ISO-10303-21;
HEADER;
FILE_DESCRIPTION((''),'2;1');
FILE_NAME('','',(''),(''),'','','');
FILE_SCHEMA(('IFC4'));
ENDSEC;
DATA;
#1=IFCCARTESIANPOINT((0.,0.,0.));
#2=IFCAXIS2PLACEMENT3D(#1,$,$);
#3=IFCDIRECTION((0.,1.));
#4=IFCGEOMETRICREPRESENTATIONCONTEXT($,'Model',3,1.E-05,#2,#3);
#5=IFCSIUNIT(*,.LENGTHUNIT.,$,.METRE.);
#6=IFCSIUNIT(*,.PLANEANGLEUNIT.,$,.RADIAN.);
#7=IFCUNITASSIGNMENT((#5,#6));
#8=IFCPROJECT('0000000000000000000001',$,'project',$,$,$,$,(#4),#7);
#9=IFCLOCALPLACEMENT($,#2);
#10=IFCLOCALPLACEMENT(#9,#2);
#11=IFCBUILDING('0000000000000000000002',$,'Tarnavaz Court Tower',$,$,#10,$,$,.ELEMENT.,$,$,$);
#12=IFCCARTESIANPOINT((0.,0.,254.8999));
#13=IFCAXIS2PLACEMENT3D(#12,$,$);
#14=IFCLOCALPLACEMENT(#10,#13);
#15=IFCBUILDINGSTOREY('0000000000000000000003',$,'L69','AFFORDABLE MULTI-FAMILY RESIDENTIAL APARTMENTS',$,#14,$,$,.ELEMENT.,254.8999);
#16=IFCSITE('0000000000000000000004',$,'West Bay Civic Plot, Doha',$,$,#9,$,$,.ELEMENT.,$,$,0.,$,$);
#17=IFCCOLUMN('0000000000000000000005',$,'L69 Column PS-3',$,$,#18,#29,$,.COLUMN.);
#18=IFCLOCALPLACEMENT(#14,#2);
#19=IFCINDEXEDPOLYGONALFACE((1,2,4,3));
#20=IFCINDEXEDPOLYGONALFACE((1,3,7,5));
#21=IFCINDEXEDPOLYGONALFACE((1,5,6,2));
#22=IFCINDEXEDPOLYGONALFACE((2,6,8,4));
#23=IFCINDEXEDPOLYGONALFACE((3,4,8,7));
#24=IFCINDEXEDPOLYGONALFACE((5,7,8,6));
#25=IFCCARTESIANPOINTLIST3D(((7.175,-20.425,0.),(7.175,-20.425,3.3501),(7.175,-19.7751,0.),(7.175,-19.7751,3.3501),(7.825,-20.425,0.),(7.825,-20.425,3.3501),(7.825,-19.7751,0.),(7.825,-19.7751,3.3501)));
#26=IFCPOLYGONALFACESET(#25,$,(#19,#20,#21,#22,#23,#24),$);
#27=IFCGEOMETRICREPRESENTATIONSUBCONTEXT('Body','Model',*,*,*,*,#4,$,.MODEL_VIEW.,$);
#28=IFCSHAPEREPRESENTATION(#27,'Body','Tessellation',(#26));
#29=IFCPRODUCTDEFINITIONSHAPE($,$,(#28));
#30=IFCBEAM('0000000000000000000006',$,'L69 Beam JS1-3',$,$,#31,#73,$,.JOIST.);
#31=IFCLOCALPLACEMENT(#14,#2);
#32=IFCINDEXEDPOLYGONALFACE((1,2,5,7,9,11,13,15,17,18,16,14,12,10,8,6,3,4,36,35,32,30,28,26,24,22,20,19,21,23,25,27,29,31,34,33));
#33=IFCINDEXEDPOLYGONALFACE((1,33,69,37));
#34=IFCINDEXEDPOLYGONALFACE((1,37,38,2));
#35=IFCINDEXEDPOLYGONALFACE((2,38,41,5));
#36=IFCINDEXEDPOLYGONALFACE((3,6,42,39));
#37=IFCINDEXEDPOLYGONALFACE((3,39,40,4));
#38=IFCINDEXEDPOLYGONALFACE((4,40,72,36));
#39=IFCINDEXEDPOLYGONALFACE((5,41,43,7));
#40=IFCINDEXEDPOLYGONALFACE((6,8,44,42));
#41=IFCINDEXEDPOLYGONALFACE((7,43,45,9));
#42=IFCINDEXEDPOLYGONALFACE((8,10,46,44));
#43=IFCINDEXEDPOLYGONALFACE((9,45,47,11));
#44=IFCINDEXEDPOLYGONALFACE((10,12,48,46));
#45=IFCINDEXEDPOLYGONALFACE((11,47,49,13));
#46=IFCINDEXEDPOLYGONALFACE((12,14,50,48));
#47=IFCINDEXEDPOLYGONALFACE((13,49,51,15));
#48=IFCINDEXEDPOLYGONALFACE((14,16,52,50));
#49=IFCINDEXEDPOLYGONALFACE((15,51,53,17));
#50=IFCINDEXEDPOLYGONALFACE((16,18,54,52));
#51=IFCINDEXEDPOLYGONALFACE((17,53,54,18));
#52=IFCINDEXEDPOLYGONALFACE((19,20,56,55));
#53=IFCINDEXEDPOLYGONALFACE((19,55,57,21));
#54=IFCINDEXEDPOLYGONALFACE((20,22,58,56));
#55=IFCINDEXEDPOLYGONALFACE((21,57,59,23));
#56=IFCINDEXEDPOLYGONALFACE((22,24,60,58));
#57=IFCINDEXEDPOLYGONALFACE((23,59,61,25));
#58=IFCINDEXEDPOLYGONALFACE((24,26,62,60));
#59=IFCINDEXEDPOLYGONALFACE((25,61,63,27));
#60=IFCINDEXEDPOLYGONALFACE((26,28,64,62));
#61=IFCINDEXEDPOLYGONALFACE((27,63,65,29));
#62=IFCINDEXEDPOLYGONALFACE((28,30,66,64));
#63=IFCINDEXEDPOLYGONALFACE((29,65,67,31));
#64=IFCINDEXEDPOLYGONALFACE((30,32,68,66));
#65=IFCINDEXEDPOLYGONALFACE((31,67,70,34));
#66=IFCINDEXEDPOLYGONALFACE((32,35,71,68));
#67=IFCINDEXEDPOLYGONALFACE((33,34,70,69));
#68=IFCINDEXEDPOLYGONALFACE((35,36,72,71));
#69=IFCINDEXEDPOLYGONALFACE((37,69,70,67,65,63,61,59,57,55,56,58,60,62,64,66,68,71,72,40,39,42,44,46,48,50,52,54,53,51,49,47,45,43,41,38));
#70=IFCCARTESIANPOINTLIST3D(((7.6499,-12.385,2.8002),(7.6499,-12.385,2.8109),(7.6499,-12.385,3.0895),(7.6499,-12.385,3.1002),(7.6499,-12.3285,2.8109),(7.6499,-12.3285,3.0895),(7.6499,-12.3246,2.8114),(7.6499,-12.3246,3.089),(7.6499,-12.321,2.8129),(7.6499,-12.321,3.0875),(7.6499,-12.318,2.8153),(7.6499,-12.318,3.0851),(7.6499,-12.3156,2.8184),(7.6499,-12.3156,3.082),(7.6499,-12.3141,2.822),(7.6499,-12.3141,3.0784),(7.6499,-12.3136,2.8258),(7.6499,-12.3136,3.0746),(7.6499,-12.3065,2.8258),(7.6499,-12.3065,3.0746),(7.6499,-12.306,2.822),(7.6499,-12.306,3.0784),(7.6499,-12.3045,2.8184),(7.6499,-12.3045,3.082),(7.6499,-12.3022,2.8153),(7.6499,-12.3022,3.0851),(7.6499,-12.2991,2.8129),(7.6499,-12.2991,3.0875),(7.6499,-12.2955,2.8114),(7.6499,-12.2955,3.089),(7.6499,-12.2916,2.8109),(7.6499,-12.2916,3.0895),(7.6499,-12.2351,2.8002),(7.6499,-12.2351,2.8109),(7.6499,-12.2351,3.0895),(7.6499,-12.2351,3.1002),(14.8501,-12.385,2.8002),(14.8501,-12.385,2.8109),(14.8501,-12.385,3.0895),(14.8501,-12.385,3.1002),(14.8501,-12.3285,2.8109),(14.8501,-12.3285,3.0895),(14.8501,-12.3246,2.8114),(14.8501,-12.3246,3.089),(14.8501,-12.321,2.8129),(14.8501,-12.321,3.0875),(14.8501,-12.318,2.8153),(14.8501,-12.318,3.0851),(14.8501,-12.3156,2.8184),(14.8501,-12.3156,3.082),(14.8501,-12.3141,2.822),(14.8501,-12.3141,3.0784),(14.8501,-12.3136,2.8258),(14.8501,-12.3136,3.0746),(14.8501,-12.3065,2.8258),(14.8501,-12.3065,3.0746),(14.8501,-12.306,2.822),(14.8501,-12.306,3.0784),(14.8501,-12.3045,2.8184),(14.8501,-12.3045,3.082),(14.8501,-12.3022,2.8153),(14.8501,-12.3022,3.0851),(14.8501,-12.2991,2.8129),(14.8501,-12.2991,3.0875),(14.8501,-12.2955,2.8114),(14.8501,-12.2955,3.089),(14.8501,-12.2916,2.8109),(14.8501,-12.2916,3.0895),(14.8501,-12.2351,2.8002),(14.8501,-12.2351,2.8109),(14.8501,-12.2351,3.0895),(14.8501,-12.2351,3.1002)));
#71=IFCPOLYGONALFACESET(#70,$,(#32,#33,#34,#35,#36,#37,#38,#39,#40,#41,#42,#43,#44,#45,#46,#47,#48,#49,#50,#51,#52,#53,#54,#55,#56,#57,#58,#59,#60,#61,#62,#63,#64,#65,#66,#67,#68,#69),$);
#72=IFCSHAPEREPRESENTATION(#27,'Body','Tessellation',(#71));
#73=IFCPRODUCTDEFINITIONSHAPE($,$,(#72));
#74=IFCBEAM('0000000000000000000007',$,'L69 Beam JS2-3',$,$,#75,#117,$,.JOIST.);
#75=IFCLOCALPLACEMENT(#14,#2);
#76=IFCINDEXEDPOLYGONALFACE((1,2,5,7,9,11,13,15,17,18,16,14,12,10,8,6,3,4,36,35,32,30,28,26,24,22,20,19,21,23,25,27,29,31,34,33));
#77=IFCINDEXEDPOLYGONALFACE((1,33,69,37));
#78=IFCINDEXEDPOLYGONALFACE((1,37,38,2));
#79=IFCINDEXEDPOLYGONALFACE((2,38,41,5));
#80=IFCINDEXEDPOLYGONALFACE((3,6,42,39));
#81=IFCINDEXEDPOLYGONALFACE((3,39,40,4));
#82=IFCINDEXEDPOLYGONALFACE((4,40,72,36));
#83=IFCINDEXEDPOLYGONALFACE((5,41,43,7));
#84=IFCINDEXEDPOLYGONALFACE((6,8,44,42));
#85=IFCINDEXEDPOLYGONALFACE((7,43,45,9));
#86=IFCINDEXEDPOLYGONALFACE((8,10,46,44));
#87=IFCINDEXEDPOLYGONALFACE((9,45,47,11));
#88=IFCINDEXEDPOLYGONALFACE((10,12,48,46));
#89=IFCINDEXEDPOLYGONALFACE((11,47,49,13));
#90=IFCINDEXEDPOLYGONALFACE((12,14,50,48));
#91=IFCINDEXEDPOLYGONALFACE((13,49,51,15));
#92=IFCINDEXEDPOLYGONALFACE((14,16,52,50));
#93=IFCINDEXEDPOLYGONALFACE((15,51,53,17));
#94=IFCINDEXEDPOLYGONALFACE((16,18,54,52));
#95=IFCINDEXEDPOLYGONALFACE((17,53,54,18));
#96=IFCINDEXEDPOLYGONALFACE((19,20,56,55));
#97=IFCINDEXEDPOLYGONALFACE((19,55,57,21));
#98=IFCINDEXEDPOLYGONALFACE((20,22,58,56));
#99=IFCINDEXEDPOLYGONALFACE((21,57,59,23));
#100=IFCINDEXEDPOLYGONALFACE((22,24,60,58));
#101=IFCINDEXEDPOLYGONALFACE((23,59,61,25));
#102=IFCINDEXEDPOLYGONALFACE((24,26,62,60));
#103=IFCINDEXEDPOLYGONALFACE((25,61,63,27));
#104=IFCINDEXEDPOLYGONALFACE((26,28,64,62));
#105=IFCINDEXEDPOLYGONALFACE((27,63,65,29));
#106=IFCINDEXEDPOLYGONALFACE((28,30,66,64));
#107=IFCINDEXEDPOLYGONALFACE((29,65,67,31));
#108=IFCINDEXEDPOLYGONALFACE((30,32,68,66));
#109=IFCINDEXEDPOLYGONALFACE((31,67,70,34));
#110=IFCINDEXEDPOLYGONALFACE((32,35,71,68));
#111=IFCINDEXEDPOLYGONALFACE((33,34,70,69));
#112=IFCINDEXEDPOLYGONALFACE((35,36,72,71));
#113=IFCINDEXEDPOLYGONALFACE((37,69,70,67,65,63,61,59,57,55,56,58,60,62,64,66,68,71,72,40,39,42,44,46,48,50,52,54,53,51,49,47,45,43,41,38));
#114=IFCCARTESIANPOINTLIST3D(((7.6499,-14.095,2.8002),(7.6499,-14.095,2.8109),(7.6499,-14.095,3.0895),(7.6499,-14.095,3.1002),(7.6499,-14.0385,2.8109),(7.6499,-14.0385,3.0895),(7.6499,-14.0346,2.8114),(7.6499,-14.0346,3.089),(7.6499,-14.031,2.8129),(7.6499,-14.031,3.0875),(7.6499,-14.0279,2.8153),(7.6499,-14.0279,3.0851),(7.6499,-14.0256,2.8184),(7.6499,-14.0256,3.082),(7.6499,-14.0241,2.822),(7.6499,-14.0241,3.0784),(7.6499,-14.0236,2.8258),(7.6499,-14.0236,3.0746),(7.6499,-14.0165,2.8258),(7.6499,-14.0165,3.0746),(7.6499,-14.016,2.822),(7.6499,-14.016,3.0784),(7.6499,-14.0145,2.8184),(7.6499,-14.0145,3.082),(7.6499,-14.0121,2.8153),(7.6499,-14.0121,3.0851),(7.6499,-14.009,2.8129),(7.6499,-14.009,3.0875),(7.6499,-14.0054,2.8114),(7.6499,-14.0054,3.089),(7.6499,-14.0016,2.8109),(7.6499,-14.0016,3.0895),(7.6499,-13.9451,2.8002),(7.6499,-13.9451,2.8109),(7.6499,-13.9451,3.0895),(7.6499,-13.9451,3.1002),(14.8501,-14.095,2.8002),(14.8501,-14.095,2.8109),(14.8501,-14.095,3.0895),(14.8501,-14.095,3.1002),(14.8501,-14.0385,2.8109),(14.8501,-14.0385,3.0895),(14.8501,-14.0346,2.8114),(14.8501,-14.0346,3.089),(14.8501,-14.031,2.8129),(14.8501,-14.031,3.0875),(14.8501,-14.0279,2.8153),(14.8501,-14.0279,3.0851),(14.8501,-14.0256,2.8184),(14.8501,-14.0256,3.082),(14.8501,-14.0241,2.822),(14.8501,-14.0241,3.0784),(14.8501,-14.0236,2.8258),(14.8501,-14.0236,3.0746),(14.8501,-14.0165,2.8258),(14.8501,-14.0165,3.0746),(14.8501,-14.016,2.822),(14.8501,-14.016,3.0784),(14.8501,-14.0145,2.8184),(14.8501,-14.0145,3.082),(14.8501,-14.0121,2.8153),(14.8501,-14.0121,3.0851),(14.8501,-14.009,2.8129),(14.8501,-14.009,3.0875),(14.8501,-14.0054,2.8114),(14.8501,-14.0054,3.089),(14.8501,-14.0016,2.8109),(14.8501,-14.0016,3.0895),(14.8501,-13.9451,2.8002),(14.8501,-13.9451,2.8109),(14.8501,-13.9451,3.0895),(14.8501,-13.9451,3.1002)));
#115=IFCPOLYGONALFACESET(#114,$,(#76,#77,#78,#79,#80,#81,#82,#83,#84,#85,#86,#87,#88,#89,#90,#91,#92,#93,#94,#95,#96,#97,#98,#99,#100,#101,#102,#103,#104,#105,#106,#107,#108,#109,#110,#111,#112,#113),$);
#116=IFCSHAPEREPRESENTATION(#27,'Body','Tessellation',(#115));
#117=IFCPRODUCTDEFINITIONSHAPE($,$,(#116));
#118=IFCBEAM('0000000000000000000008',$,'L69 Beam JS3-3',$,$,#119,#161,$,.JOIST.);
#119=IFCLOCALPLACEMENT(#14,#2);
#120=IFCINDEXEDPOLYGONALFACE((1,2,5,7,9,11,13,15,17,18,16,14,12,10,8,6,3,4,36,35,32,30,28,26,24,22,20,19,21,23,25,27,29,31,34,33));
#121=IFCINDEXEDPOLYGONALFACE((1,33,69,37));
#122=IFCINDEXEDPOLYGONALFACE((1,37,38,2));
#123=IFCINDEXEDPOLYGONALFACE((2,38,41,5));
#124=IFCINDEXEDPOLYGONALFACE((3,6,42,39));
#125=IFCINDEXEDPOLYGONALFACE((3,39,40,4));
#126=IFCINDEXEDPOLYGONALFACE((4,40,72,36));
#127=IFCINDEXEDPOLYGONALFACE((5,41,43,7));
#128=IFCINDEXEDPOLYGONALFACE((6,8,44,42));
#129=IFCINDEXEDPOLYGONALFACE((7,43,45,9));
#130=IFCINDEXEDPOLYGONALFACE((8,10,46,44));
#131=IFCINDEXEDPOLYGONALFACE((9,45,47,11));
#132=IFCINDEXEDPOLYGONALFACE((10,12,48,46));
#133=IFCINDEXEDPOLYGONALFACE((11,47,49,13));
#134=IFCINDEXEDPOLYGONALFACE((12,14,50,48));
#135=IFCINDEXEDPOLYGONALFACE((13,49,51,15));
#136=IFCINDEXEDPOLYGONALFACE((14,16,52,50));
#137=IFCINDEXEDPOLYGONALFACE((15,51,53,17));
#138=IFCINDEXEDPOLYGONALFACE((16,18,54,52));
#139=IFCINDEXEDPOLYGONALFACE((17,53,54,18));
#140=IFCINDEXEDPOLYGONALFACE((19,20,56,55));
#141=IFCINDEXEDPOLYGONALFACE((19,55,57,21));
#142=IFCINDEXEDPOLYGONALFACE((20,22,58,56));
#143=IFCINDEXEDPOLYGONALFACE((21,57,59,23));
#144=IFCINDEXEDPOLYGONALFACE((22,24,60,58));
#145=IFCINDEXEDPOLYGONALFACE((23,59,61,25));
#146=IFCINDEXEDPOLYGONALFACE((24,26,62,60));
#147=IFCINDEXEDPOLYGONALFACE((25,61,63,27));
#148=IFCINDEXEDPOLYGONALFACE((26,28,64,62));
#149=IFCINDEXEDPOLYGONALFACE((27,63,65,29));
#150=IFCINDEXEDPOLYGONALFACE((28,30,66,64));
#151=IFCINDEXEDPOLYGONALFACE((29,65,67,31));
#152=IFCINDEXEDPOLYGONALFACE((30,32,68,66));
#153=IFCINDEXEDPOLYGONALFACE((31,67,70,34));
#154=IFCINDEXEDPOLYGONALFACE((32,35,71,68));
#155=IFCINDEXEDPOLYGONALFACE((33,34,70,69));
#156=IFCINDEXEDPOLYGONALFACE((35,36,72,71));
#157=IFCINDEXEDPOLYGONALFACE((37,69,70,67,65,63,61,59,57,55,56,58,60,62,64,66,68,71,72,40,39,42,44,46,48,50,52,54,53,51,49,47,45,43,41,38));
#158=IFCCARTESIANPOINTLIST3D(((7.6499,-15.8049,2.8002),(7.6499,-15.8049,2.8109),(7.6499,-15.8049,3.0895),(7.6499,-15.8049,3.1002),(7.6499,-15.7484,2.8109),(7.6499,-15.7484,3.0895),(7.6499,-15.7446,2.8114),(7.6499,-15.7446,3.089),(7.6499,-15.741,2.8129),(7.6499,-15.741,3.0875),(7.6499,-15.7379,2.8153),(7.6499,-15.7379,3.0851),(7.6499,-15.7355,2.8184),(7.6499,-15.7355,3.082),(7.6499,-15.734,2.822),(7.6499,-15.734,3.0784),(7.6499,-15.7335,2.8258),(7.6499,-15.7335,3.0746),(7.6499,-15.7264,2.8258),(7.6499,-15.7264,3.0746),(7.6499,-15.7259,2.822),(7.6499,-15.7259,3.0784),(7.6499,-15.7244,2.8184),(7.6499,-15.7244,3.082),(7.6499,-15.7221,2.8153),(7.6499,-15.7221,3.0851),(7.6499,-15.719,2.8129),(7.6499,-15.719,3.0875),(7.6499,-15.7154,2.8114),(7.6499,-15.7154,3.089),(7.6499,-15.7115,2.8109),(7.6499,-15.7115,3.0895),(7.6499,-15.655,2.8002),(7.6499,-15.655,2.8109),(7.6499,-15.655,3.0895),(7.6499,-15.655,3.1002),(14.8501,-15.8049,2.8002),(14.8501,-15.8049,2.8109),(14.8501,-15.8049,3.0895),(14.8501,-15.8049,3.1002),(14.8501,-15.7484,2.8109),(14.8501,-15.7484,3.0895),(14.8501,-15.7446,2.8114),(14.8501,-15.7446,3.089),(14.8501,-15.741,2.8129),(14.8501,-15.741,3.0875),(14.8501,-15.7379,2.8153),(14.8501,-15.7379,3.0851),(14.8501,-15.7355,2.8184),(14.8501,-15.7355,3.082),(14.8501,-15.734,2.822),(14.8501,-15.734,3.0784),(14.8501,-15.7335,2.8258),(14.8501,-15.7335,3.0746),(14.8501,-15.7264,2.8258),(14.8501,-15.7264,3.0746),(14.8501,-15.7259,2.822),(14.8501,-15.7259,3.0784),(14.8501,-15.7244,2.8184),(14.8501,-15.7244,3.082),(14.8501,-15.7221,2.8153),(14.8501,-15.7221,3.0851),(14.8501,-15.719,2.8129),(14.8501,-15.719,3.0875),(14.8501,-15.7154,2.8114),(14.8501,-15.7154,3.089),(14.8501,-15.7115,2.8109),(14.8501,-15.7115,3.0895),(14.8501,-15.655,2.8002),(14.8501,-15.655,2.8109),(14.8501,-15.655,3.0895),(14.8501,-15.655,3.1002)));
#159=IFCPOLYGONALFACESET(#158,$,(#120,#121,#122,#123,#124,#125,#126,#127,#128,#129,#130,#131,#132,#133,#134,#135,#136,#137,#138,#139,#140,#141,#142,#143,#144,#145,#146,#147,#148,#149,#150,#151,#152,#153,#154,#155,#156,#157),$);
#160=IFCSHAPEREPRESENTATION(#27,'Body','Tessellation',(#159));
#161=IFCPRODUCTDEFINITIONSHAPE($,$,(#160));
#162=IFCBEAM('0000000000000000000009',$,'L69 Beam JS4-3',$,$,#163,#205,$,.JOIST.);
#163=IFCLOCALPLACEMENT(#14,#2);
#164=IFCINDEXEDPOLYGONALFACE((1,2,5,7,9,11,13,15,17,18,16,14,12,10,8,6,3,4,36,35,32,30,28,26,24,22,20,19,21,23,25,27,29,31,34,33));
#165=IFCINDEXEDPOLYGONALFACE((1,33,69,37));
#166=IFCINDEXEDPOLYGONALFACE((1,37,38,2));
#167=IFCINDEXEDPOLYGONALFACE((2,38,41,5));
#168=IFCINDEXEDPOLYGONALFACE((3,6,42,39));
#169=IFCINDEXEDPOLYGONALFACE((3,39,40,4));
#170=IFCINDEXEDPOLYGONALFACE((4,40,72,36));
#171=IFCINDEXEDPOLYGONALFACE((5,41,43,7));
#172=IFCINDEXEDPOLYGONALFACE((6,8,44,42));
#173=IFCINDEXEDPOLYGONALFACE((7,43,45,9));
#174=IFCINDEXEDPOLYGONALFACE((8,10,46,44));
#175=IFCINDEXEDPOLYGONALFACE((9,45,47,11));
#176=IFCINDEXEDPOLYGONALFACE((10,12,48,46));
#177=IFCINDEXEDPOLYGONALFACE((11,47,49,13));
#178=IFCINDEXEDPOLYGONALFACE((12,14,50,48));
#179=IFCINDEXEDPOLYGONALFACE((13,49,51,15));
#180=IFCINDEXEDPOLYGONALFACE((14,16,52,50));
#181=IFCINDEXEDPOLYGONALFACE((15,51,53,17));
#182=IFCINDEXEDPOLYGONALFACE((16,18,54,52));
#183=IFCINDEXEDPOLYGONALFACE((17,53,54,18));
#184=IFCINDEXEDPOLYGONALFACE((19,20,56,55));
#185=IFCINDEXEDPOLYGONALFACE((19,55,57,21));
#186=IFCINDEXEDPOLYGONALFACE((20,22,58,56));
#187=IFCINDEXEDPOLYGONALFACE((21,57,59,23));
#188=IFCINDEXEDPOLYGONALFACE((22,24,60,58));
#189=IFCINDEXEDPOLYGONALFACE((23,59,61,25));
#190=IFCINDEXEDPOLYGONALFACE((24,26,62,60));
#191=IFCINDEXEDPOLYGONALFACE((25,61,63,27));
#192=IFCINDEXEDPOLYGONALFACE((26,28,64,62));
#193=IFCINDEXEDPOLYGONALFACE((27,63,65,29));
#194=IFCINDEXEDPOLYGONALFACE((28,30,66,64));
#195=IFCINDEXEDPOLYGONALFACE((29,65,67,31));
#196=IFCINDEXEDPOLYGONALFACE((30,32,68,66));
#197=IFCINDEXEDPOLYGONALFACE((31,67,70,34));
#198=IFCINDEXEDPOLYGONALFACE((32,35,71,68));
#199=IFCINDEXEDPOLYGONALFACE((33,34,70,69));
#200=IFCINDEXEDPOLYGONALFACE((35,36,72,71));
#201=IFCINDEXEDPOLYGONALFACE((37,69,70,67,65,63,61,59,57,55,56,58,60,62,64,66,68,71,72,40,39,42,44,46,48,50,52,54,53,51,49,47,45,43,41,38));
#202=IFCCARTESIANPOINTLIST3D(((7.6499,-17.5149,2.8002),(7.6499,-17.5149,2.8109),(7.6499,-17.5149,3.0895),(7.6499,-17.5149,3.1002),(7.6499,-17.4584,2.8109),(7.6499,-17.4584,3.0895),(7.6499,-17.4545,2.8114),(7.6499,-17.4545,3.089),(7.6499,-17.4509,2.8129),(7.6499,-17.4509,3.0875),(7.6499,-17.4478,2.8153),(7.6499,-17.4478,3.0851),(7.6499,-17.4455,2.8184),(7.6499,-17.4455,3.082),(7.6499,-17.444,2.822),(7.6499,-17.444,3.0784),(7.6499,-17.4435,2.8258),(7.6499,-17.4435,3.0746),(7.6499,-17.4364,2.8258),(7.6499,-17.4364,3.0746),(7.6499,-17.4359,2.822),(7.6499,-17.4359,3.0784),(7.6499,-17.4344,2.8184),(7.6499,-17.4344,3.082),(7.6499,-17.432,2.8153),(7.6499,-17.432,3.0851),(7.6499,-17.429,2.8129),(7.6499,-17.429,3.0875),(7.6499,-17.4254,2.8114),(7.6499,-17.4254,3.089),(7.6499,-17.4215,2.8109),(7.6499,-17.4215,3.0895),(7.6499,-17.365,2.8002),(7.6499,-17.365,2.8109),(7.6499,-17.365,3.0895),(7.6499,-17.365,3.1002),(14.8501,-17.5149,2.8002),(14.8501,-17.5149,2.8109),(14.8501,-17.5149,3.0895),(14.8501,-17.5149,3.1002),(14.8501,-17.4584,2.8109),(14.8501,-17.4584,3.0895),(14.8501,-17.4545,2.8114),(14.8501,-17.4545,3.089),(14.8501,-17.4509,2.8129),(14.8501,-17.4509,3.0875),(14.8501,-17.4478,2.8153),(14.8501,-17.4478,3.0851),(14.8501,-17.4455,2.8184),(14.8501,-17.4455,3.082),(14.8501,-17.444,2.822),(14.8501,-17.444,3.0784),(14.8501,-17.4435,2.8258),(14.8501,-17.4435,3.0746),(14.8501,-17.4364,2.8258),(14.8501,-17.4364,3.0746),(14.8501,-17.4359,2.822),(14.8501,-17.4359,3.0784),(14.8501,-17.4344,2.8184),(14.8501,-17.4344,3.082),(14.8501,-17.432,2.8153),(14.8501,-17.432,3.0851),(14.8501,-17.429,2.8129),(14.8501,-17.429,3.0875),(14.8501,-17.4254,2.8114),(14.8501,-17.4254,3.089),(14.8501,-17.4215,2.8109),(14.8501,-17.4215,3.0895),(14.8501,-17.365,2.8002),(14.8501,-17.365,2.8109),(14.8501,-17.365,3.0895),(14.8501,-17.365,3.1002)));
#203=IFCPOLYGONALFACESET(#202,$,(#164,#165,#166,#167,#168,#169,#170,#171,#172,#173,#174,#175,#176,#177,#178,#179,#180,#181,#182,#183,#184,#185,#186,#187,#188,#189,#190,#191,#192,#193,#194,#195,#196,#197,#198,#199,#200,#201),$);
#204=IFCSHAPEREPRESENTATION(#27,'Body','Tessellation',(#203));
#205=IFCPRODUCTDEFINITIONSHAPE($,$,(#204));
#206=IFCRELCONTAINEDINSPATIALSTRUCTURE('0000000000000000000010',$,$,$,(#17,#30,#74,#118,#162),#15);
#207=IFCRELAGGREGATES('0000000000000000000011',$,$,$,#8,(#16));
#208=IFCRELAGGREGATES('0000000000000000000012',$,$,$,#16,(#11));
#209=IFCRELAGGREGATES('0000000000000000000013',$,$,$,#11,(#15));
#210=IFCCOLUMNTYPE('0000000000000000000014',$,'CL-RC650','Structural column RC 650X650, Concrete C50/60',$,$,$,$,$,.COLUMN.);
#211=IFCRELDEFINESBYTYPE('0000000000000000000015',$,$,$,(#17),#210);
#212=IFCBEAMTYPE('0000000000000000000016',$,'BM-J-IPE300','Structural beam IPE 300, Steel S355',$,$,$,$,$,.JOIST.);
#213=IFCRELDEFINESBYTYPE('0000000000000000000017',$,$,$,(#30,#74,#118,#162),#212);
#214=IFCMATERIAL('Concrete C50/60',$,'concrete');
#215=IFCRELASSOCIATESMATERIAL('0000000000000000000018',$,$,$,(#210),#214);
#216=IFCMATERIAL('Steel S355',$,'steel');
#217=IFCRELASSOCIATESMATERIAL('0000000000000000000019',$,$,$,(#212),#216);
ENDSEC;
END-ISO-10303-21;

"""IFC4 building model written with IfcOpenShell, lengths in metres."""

from ifc_helpers import new_model, si_unit, direction, frame, origin, origin_2d, place, context, subcontext, project, spatial, rectangle, i_section, extrude, material, material_profile, profile_set, type_object, element, save


model = new_model("IFC4")

# Units and contexts
model_context = context("Model", 3, precision=1e-05, world=origin(), true_north=direction((0.0, 1.0)))
body_context = subcontext(model_context, "Body", "Model", "MODEL_VIEW")
ifc_project = project(units=[si_unit("LENGTHUNIT", "METRE"), si_unit("PLANEANGLEUNIT", "RADIAN")], contexts=[model_context])

# Site, building, storey
site_placement = place(None, origin())
site = spatial("IfcSite", under=ifc_project, at=site_placement, Name="West Bay Civic Plot, Doha", CompositionType="ELEMENT", RefElevation=0.0)
building_placement = place(site_placement, origin())
building = spatial("IfcBuilding", under=site, at=building_placement, Name="Tarnavaz Court Tower", CompositionType="ELEMENT")
storey_placement = place(building_placement, frame((0.0, 0.0, 254.8999)))
storey = spatial("IfcBuildingStorey", under=building, at=storey_placement, Name="L69", Description="AFFORDABLE MULTI-FAMILY RESIDENTIAL APARTMENTS", CompositionType="ELEMENT", Elevation=254.8999)

# Column
ifc_material_1 = material(Name="Concrete C50/60", Category="concrete")
ifc_material_profile_1 = material_profile(ifc_material_1, rectangle(XDim=0.6499, YDim=0.6499, at=origin_2d()), Name="RC 650X650")
ifc_profile_set_1 = profile_set([ifc_material_profile_1], Name="Concrete C50/60")
column_type = type_object("IfcColumnType", Name="CL-RC650", Description="Structural column RC 650X650, Concrete C50/60", PredefinedType="COLUMN", material=ifc_profile_set_1)
column_placement = place(storey_placement, frame((7.5, -20.1001, 0.0), z_axis=(0.0, 0.0, 1.0), x_axis=(1.0, 0.0, 0.0)))
element("IfcColumn", 1, at=column_placement, inside=storey, type_object=column_type, Name="L69 Column PS-3", PredefinedType="COLUMN", context=body_context, shape_type="SweptSolid", body=[
    extrude(rectangle(XDim=0.6499, YDim=0.6499, at=origin_2d()), origin(), (0.0, 0.0, 1.0), 3.3501),
])

# Beams
ifc_material_2 = material(Name="Steel S355", Category="steel")
ifc_material_profile_2 = material_profile(ifc_material_2, i_section(OverallWidth=0.1499, OverallDepth=0.3, WebThickness=0.0071, FlangeThickness=0.0107, FilletRadius=0.0149, at=origin_2d()), Name="IPE 300")
ifc_profile_set_2 = profile_set([ifc_material_profile_2], Name="Steel S355")
beam_type_1 = type_object("IfcBeamType", Name="BM-J-IPE300", Description="Structural beam IPE 300, Steel S355", PredefinedType="JOIST", material=ifc_profile_set_2)
for number, where, z_axis, x_axis, name in (
    (2, (7.6499, -12.3101, 2.9502), (1.0, 0.0, 0.0), (0.0, 1.0, 0.0), "L69 Beam JS1-3"),
    (3, (7.6499, -14.02, 2.9502), (1.0, 0.0, 0.0), (0.0, 1.0, 0.0), "L69 Beam JS2-3"),
    (4, (7.6499, -15.73, 2.9502), (1.0, 0.0, 0.0), (0.0, 1.0, 0.0), "L69 Beam JS3-3"),
    (5, (7.6499, -17.4399, 2.9502), (1.0, 0.0, 0.0), (0.0, 1.0, 0.0), "L69 Beam JS4-3"),
):
    element("IfcBeam", number, at=place(storey_placement, frame(where, z_axis=z_axis, x_axis=x_axis)), inside=storey, type_object=beam_type_1, Name=name, PredefinedType="JOIST", context=body_context, shape_type="SweptSolid", body=[
        extrude(i_section(OverallWidth=0.1499, OverallDepth=0.3, WebThickness=0.0071, FlangeThickness=0.0107, FilletRadius=0.0149, at=origin_2d()), origin(), (0.0, 0.0, 1.0), 7.2002),
    ])

save(model, "model.ifc")
